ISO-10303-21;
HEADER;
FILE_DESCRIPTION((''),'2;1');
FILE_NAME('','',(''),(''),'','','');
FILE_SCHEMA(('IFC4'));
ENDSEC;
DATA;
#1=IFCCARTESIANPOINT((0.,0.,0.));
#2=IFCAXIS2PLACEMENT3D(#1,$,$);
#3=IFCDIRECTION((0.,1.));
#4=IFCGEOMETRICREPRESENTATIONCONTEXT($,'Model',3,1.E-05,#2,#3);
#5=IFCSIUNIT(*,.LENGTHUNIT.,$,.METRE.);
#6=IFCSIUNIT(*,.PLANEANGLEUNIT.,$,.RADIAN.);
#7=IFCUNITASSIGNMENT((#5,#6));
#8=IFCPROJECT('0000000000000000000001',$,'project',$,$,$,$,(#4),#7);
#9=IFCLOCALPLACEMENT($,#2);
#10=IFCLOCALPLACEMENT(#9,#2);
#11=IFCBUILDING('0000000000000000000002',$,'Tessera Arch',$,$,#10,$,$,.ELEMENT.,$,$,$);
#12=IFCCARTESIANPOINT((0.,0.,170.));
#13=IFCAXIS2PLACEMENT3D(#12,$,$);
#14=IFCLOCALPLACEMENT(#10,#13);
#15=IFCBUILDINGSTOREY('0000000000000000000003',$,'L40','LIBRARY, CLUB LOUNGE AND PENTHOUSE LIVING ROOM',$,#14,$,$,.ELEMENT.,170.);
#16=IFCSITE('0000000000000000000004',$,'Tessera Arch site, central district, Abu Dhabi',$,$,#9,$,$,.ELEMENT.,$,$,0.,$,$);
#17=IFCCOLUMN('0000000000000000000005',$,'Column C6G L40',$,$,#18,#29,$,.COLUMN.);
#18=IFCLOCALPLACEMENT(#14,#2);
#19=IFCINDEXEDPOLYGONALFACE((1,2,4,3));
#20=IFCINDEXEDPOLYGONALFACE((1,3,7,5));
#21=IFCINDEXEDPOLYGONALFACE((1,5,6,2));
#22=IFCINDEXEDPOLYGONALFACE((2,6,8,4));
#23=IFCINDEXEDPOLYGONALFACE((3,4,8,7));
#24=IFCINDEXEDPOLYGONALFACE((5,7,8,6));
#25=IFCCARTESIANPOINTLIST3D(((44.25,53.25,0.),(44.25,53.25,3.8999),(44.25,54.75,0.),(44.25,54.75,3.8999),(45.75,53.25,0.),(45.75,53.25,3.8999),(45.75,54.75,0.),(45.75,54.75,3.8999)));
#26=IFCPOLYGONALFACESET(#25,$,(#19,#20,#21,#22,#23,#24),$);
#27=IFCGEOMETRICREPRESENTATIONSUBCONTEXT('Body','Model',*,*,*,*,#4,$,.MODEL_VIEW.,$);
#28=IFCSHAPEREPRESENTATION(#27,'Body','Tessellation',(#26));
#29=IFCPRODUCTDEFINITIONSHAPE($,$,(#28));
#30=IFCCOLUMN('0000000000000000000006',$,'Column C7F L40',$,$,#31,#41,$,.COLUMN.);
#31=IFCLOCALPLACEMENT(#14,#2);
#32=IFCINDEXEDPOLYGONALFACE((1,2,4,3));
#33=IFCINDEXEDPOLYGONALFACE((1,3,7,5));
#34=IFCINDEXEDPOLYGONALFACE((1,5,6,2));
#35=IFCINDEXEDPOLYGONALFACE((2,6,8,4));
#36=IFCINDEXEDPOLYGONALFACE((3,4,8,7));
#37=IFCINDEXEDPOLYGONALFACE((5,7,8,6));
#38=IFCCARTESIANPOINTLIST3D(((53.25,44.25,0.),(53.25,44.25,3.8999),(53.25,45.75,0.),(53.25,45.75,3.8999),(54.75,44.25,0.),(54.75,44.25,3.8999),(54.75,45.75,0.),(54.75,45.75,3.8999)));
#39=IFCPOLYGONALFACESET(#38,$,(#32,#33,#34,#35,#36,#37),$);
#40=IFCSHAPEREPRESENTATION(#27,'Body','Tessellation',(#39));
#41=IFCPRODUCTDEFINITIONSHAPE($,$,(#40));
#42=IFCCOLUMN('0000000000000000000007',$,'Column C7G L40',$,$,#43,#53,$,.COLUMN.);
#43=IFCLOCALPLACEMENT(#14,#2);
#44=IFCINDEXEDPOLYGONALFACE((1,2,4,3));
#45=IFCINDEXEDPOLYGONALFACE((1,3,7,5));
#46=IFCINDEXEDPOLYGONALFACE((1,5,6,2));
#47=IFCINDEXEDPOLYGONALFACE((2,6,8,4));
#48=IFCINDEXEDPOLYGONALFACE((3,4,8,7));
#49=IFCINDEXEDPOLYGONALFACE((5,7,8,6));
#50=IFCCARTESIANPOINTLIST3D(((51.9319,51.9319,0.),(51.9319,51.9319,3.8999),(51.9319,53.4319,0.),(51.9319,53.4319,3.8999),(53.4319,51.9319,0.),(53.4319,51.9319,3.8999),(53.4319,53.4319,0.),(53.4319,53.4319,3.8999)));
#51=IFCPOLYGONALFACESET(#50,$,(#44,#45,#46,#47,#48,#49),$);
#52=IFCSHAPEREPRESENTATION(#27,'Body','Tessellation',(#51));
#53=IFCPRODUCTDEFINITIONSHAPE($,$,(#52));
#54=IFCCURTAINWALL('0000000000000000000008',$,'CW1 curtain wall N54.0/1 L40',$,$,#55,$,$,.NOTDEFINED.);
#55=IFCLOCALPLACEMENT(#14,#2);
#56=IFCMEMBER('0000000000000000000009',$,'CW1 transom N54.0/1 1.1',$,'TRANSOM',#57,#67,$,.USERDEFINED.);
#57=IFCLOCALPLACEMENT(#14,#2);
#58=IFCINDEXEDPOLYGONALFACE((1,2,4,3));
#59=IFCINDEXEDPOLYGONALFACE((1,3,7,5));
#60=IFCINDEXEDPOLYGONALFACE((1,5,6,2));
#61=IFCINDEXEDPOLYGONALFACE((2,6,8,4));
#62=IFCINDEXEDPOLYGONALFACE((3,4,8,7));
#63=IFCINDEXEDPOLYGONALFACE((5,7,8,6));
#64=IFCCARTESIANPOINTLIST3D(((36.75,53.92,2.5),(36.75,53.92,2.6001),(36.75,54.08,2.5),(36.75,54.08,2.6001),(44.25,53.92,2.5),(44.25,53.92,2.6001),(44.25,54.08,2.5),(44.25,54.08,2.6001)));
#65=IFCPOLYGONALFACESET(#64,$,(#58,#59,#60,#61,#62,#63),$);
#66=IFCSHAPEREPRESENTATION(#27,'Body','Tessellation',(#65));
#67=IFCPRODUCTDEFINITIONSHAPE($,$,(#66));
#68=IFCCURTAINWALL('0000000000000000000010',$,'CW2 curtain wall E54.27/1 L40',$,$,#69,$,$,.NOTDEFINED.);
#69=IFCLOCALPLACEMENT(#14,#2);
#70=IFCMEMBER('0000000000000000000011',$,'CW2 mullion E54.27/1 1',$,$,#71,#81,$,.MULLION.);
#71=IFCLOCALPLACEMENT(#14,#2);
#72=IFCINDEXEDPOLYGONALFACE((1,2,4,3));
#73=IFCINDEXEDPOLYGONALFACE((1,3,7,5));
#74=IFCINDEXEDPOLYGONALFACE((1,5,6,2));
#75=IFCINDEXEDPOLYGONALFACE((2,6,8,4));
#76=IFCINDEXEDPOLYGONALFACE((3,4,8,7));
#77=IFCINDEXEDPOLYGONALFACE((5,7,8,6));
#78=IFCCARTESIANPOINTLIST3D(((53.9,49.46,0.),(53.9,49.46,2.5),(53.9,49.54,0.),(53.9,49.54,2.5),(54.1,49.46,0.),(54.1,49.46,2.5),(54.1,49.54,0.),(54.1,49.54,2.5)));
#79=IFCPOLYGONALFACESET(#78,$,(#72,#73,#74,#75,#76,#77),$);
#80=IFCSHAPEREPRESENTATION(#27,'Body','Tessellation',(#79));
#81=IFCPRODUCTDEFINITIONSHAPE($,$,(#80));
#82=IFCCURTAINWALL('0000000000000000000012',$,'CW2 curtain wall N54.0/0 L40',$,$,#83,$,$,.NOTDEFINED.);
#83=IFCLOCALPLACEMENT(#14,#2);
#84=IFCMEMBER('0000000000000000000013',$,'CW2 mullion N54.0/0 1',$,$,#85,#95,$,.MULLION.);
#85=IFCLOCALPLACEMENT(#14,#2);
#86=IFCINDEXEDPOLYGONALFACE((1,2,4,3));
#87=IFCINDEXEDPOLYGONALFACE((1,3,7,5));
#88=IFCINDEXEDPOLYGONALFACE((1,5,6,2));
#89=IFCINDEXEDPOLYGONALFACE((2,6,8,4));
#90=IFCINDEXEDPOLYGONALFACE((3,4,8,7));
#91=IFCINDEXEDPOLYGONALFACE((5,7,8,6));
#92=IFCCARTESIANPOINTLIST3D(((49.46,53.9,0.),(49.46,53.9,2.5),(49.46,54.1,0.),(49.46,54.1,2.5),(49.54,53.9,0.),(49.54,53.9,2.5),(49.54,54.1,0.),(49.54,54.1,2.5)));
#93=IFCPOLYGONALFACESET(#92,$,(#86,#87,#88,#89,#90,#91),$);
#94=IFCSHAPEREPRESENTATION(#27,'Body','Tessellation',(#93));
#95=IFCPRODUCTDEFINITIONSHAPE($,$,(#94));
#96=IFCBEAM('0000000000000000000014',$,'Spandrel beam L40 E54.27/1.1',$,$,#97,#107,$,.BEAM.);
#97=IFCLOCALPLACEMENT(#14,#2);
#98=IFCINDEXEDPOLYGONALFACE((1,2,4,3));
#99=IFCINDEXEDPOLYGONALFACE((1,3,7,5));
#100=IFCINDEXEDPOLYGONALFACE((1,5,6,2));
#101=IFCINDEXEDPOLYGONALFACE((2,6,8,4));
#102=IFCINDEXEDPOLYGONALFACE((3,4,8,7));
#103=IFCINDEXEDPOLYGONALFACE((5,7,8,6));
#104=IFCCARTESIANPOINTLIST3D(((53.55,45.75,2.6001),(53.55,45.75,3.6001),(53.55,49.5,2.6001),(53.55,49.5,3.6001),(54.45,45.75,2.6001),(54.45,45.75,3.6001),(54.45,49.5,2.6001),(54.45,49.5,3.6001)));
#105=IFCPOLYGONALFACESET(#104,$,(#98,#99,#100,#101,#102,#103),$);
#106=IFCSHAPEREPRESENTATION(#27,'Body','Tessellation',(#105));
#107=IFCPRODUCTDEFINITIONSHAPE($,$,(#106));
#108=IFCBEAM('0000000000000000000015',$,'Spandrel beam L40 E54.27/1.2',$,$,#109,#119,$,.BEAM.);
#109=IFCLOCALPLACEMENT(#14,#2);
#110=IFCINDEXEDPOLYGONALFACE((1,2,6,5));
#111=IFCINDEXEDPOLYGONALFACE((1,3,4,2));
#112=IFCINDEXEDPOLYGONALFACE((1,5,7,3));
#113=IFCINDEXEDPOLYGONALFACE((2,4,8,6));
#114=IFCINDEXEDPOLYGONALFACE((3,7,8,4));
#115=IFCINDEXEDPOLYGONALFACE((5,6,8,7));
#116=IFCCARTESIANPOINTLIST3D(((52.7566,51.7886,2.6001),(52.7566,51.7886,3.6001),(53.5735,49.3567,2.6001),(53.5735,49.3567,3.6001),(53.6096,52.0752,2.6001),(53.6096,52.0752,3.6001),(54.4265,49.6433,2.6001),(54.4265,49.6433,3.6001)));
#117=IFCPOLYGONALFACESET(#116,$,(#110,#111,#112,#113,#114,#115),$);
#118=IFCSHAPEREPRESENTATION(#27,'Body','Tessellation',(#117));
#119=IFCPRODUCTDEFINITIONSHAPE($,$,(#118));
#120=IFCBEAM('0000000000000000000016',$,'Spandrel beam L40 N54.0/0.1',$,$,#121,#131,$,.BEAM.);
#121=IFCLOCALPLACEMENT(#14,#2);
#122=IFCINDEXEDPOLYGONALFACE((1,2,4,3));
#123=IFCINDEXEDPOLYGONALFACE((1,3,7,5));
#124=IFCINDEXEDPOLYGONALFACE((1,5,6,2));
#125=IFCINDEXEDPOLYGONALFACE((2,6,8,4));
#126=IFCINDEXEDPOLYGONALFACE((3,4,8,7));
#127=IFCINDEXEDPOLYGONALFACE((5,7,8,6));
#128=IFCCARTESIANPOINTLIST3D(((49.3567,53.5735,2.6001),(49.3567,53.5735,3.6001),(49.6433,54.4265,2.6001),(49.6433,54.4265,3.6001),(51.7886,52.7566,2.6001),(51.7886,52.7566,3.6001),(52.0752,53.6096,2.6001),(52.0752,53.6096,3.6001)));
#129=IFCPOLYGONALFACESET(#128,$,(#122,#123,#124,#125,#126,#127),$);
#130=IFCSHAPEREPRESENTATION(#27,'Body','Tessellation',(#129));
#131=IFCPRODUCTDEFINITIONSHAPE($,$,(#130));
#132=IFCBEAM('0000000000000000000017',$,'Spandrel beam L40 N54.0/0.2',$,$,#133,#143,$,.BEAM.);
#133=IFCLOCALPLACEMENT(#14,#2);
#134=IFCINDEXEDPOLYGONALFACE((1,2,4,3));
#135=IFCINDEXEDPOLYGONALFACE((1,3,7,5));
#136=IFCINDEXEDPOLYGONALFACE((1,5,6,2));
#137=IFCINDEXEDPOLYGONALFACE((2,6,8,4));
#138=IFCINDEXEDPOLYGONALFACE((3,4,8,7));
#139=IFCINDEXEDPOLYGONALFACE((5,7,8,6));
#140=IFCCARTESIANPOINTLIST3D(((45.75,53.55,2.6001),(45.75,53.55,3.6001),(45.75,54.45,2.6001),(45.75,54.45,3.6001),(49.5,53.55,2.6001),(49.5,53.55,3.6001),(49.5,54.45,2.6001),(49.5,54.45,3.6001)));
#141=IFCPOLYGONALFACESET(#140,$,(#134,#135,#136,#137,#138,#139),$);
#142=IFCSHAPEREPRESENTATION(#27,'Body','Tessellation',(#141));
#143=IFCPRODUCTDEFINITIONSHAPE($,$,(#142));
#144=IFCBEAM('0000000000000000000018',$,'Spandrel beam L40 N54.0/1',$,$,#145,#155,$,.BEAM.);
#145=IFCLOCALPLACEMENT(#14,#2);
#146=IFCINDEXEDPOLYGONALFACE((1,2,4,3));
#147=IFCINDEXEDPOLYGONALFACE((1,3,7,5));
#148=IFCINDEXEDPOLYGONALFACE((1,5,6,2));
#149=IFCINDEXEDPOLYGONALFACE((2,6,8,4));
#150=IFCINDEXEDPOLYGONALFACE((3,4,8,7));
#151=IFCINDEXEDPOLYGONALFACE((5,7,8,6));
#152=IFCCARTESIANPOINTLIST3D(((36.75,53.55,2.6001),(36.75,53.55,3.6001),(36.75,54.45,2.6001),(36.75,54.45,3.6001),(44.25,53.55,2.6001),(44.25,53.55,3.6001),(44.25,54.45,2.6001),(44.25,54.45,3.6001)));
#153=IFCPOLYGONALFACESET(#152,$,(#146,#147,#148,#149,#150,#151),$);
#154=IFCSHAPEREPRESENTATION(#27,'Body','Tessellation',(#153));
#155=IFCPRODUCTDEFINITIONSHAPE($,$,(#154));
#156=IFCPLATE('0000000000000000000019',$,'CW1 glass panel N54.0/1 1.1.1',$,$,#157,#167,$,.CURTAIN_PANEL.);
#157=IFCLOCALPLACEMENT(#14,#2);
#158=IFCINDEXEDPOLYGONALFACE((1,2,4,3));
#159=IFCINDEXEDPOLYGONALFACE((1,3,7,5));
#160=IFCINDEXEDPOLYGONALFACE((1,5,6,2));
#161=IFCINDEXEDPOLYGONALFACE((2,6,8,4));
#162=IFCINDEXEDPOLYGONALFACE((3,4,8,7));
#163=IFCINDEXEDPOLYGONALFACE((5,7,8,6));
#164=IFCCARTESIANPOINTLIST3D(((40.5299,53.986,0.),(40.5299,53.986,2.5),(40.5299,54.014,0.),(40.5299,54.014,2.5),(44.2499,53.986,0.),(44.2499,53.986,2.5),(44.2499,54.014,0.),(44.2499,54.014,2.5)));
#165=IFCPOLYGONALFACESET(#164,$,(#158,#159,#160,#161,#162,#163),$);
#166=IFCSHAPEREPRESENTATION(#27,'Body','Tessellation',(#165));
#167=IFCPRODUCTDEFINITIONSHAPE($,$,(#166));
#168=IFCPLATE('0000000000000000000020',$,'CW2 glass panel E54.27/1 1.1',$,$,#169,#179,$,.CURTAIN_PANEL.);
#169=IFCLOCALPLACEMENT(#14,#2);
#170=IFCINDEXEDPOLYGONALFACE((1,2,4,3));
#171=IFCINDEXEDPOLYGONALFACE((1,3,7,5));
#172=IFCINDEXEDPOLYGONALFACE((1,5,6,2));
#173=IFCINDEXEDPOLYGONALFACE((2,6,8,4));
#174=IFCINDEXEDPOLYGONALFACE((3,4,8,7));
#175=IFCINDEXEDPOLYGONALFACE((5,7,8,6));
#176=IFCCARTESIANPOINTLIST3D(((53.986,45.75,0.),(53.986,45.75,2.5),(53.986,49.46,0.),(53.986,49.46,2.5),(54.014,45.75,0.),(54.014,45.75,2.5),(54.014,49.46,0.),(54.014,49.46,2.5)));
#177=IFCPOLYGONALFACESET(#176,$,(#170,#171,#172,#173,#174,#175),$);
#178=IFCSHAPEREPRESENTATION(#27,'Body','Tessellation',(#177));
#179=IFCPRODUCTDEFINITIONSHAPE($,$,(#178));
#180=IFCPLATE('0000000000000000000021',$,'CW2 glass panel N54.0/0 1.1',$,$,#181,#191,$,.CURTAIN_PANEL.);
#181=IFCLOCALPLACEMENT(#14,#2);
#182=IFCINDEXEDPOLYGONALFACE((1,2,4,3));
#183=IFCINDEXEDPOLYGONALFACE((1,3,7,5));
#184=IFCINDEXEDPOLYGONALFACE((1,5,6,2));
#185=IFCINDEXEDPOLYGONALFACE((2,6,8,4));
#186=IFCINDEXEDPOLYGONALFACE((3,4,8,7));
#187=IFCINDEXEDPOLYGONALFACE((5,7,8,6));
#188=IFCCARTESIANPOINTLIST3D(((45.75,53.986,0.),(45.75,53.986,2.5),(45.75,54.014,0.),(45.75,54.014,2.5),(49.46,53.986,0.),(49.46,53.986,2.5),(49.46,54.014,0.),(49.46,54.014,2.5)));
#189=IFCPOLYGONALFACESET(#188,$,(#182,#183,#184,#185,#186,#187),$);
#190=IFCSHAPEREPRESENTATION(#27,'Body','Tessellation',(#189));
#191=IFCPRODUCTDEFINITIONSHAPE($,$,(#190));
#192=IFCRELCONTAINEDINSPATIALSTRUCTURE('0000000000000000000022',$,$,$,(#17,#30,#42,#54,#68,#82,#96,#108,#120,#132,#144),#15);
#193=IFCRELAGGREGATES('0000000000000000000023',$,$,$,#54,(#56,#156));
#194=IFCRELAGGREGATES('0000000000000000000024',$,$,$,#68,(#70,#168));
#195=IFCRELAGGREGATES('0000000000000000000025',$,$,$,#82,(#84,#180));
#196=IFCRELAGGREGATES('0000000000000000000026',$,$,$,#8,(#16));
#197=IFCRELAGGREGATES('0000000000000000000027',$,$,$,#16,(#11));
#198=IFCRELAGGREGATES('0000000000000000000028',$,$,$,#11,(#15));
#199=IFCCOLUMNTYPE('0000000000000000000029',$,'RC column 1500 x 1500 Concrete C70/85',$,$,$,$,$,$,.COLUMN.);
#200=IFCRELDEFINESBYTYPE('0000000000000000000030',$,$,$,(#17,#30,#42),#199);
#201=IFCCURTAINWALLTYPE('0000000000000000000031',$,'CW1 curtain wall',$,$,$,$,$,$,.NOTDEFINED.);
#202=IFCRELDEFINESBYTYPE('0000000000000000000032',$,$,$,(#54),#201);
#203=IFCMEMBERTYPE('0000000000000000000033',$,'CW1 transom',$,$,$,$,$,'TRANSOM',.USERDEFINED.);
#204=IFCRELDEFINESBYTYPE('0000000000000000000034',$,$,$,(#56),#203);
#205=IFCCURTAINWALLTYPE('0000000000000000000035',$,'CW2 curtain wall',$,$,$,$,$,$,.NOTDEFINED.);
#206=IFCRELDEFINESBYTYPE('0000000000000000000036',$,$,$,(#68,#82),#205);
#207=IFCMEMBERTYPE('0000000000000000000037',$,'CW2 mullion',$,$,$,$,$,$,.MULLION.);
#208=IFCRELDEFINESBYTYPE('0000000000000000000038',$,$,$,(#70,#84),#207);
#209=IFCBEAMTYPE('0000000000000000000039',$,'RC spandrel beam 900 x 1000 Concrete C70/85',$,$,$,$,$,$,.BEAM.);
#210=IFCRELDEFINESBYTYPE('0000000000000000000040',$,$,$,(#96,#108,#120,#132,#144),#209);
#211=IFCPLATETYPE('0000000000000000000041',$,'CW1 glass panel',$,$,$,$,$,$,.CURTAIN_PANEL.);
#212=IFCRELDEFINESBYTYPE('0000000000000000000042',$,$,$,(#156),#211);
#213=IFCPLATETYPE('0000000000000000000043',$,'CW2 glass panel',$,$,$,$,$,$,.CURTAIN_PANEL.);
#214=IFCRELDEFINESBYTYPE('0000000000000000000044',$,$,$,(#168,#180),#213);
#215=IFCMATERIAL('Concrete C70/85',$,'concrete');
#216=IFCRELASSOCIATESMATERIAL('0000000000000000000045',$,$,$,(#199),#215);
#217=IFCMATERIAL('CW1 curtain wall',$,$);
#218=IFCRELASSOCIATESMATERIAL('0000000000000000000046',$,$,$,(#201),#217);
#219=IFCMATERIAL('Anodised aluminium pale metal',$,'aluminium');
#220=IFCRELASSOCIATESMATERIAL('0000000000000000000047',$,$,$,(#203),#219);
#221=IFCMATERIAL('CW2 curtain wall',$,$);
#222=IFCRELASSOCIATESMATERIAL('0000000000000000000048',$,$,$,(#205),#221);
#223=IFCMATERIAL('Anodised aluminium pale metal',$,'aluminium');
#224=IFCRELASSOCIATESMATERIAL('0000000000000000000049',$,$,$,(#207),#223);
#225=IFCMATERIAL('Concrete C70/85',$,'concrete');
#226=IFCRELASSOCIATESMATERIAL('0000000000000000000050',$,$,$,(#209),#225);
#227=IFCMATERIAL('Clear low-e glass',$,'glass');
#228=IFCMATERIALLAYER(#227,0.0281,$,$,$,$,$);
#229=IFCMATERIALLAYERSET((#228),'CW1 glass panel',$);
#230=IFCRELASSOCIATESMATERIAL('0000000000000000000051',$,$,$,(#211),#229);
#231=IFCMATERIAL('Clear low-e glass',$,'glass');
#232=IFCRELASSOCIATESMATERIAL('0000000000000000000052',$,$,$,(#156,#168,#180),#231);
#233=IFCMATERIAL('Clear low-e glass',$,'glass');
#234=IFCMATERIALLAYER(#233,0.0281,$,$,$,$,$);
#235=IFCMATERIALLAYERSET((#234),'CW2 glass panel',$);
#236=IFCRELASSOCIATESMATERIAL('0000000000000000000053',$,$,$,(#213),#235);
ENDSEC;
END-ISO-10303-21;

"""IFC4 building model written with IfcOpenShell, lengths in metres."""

from ifc_helpers import new_model, si_unit, direction, frame, origin, origin_2d, place, context, subcontext, project, spatial, rectangle, extrude, material, layer, layer_set, material_profile, profile_set, type_object, element, aggregate, save


model = new_model("IFC4")

# Units and contexts
model_context = context("Model", 3, precision=1e-05, world=origin(), true_north=direction((0.0, 1.0)))
body_context = subcontext(model_context, "Body", "Model", "MODEL_VIEW")
ifc_project = project(units=[si_unit("LENGTHUNIT", "METRE"), si_unit("PLANEANGLEUNIT", "RADIAN")], contexts=[model_context])

# Site, building, storey
site_placement = place(None, origin())
site = spatial("IfcSite", under=ifc_project, at=site_placement, Name="Tessera Arch site, central district, Abu Dhabi", CompositionType="ELEMENT", RefElevation=0.0)
building_placement = place(site_placement, origin())
building = spatial("IfcBuilding", under=site, at=building_placement, Name="Tessera Arch", CompositionType="ELEMENT")
storey_placement = place(building_placement, frame((0.0, 0.0, 170.0)))
storey = spatial("IfcBuildingStorey", under=building, at=storey_placement, Name="L40", Description="LIBRARY, CLUB LOUNGE AND PENTHOUSE LIVING ROOM", CompositionType="ELEMENT", Elevation=170.0)

# Columns
ifc_material_1 = material(Name="Concrete C70/85", Category="concrete")
ifc_material_profile_1 = material_profile(ifc_material_1, rectangle(XDim=1.5, YDim=1.5, at=origin_2d()), Name="RC column 1500 x 1500 Concrete C70/85")
ifc_profile_set_1 = profile_set([ifc_material_profile_1], Name="Concrete C70/85")
column_type = type_object("IfcColumnType", Name="RC column 1500 x 1500 Concrete C70/85", PredefinedType="COLUMN", material=ifc_profile_set_1)
for number, where, z_axis, x_axis, name in (
    (1, (45.0, 54.0, 0.0), (0.0, 0.0, 1.0), (1.0, 0.0, 0.0), "Column C6G L40"),
    (2, (54.0, 45.0, 0.0), (0.0, 0.0, 1.0), (1.0, 0.0, 0.0), "Column C7F L40"),
    (3, (52.6819, 52.6819, 0.0), (0.0, 0.0, 1.0), (1.0, 0.0, 0.0), "Column C7G L40"),
):
    element("IfcColumn", number, at=place(storey_placement, frame(where, z_axis=z_axis, x_axis=x_axis)), inside=storey, type_object=column_type, Name=name, PredefinedType="COLUMN", context=body_context, shape_type="SweptSolid", body=[
        extrude(rectangle(XDim=1.5, YDim=1.5, at=origin_2d()), origin(), (0.0, 0.0, 1.0), 3.8999),
    ])

# Curtain walls, members
ifc_material_2 = material(Name="CW1 curtain wall")
curtain_wall_type_1 = type_object("IfcCurtainWallType", Name="CW1 curtain wall", PredefinedType="NOTDEFINED", material=ifc_material_2)
curtain_wall_1_placement = place(storey_placement, origin())
curtain_wall_1 = element("IfcCurtainWall", 4, at=curtain_wall_1_placement, inside=storey, type_object=curtain_wall_type_1, Name="CW1 curtain wall N54.0/1 L40", PredefinedType="NOTDEFINED")
ifc_material_3 = material(Name="Anodised aluminium pale metal", Category="aluminium")
ifc_material_profile_2 = material_profile(ifc_material_3, rectangle(XDim=0.1599, YDim=0.1001, at=origin_2d()), Name="AL 160x100")
ifc_profile_set_2 = profile_set([ifc_material_profile_2], Name="Anodised aluminium pale metal")
member_type_1 = type_object("IfcMemberType", Name="CW1 transom", ElementType="TRANSOM", PredefinedType="USERDEFINED", material=ifc_profile_set_2)
member_1_placement = place(storey_placement, frame((44.25, 54.0, 2.55), z_axis=(-1.0, 0.0, 0.0), x_axis=(0.0, -1.0, 0.0)))
member_1 = element("IfcMember", 5, at=member_1_placement, type_object=member_type_1, Name="CW1 transom N54.0/1 1.1", ObjectType="TRANSOM", PredefinedType="USERDEFINED", context=body_context, shape_type="SweptSolid", body=[
    extrude(rectangle(XDim=0.1599, YDim=0.1001, at=origin_2d()), origin(), (0.0, 0.0, 1.0), 7.5),
])
ifc_material_4 = material(Name="CW2 curtain wall")
curtain_wall_type_2 = type_object("IfcCurtainWallType", Name="CW2 curtain wall", PredefinedType="NOTDEFINED", material=ifc_material_4)
curtain_wall_2_placement = place(storey_placement, origin())
curtain_wall_2 = element("IfcCurtainWall", 6, at=curtain_wall_2_placement, inside=storey, type_object=curtain_wall_type_2, Name="CW2 curtain wall E54.27/1 L40", PredefinedType="NOTDEFINED")
ifc_material_5 = material(Name="Anodised aluminium pale metal", Category="aluminium")
ifc_material_profile_3 = material_profile(ifc_material_5, rectangle(XDim=0.2, YDim=0.0801, at=origin_2d()), Name="AL 80x200")
ifc_profile_set_3 = profile_set([ifc_material_profile_3], Name="Anodised aluminium pale metal")
member_type_2 = type_object("IfcMemberType", Name="CW2 mullion", PredefinedType="MULLION", material=ifc_profile_set_3)
member_2_placement = place(storey_placement, frame((54.0, 49.5, 0.0), z_axis=(0.0, 0.0, 1.0), x_axis=(-1.0, 0.0, 0.0)))
member_2 = element("IfcMember", 7, at=member_2_placement, type_object=member_type_2, Name="CW2 mullion E54.27/1 1", PredefinedType="MULLION", context=body_context, shape_type="SweptSolid", body=[
    extrude(rectangle(XDim=0.2, YDim=0.0801, at=origin_2d()), origin(), (0.0, 0.0, 1.0), 2.5),
])
curtain_wall_3_placement = place(storey_placement, origin())
curtain_wall_3 = element("IfcCurtainWall", 8, at=curtain_wall_3_placement, inside=storey, type_object=curtain_wall_type_2, Name="CW2 curtain wall N54.0/0 L40", PredefinedType="NOTDEFINED")
member_3_placement = place(storey_placement, frame((49.5, 54.0, 0.0), z_axis=(0.0, 0.0, 1.0), x_axis=(0.0, -1.0, 0.0)))
member_3 = element("IfcMember", 9, at=member_3_placement, type_object=member_type_2, Name="CW2 mullion N54.0/0 1", PredefinedType="MULLION", context=body_context, shape_type="SweptSolid", body=[
    extrude(rectangle(XDim=0.2, YDim=0.0801, at=origin_2d()), origin(), (0.0, 0.0, 1.0), 2.5),
])

# Beams
ifc_material_6 = material(Name="Concrete C70/85", Category="concrete")
ifc_material_profile_4 = material_profile(ifc_material_6, rectangle(XDim=0.8999, YDim=1.0, at=origin_2d()), Name="RC spandrel beam 900 x 1000 Concrete C70/85")
ifc_profile_set_4 = profile_set([ifc_material_profile_4], Name="Concrete C70/85")
beam_type = type_object("IfcBeamType", Name="RC spandrel beam 900 x 1000 Concrete C70/85", PredefinedType="BEAM", material=ifc_profile_set_4)
beam_1_placement = place(storey_placement, frame((54.0, 45.75, 3.1001), z_axis=(0.0, 1.0, 0.0), x_axis=(-1.0, 0.0, 0.0)))
element("IfcBeam", 10, at=beam_1_placement, inside=storey, type_object=beam_type, Name="Spandrel beam L40 E54.27/1.1", PredefinedType="BEAM", context=body_context, shape_type="SweptSolid", body=[
    extrude(rectangle(XDim=0.8999, YDim=1.0, at=origin_2d()), origin(), (0.0, 0.0, 1.0), 3.75),
])
for number, where, z_axis, x_axis, name in (
    (11, (54.0, 49.5, 3.1001), (-0.318425, 0.947948, 0.0), (-0.947948, -0.318425, 0.0), "Spandrel beam L40 E54.27/1.2"),
    (12, (51.9319, 53.1831, 3.1001), (-0.947948, 0.318425, 0.0), (-0.318425, -0.947948, 0.0), "Spandrel beam L40 N54.0/0.1"),
):
    element("IfcBeam", number, at=place(storey_placement, frame(where, z_axis=z_axis, x_axis=x_axis)), inside=storey, type_object=beam_type, Name=name, PredefinedType="BEAM", context=body_context, shape_type="SweptSolid", body=[
        extrude(rectangle(XDim=0.8999, YDim=1.0, at=origin_2d()), origin(), (0.0, 0.0, 1.0), 2.5654),
    ])
beam_2_placement = place(storey_placement, frame((49.5, 54.0, 3.1001), z_axis=(-1.0, 0.0, 0.0), x_axis=(0.0, -1.0, 0.0)))
element("IfcBeam", 13, at=beam_2_placement, inside=storey, type_object=beam_type, Name="Spandrel beam L40 N54.0/0.2", PredefinedType="BEAM", context=body_context, shape_type="SweptSolid", body=[
    extrude(rectangle(XDim=0.8999, YDim=1.0, at=origin_2d()), origin(), (0.0, 0.0, 1.0), 3.75),
])
beam_3_placement = place(storey_placement, frame((44.25, 54.0, 3.1001), z_axis=(-1.0, 0.0, 0.0), x_axis=(0.0, -1.0, 0.0)))
element("IfcBeam", 14, at=beam_3_placement, inside=storey, type_object=beam_type, Name="Spandrel beam L40 N54.0/1", PredefinedType="BEAM", context=body_context, shape_type="SweptSolid", body=[
    extrude(rectangle(XDim=0.8999, YDim=1.0, at=origin_2d()), origin(), (0.0, 0.0, 1.0), 7.5),
])

# Plates
ifc_material_7 = material(Name="Clear low-e glass", Category="glass")
ifc_material_8 = material(Name="Clear low-e glass", Category="glass")
ifc_layer_1 = layer(ifc_material_8, 0.0281)
ifc_layer_set_1 = layer_set([ifc_layer_1], Name="CW1 glass panel")
plate_type_1 = type_object("IfcPlateType", Name="CW1 glass panel", PredefinedType="CURTAIN_PANEL", material=ifc_layer_set_1)
plate_1_placement = place(storey_placement, frame((42.3899, 54.0, 0.0), z_axis=(0.0, 0.0, 1.0), x_axis=(-1.0, 0.0, 0.0)))
plate_1 = element("IfcPlate", 15, at=plate_1_placement, type_object=plate_type_1, material=ifc_material_7, Name="CW1 glass panel N54.0/1 1.1.1", PredefinedType="CURTAIN_PANEL", context=body_context, shape_type="SweptSolid", body=[
    extrude(rectangle(XDim=3.72, YDim=0.0281, at=origin_2d()), origin(), (0.0, 0.0, 1.0), 2.5),
])
aggregate(curtain_wall_1, [member_1, plate_1])
ifc_material_9 = material(Name="Clear low-e glass", Category="glass")
ifc_layer_2 = layer(ifc_material_9, 0.0281)
ifc_layer_set_2 = layer_set([ifc_layer_2], Name="CW2 glass panel")
plate_type_2 = type_object("IfcPlateType", Name="CW2 glass panel", PredefinedType="CURTAIN_PANEL", material=ifc_layer_set_2)
plate_2_placement = place(storey_placement, frame((54.0, 47.605, 0.0), z_axis=(0.0, 0.0, 1.0), x_axis=(0.0, 1.0, 0.0)))
plate_2 = element("IfcPlate", 16, at=plate_2_placement, type_object=plate_type_2, material=ifc_material_7, Name="CW2 glass panel E54.27/1 1.1", PredefinedType="CURTAIN_PANEL", context=body_context, shape_type="SweptSolid", body=[
    extrude(rectangle(XDim=3.71, YDim=0.0281, at=origin_2d()), origin(), (0.0, 0.0, 1.0), 2.5),
])
aggregate(curtain_wall_2, [member_2, plate_2])
plate_3_placement = place(storey_placement, frame((47.605, 54.0, 0.0), z_axis=(0.0, 0.0, 1.0), x_axis=(-1.0, 0.0, 0.0)))
plate_3 = element("IfcPlate", 17, at=plate_3_placement, type_object=plate_type_2, material=ifc_material_7, Name="CW2 glass panel N54.0/0 1.1", PredefinedType="CURTAIN_PANEL", context=body_context, shape_type="SweptSolid", body=[
    extrude(rectangle(XDim=3.71, YDim=0.0281, at=origin_2d()), origin(), (0.0, 0.0, 1.0), 2.5),
])
aggregate(curtain_wall_3, [member_3, plate_3])

save(model, "model.ifc")
